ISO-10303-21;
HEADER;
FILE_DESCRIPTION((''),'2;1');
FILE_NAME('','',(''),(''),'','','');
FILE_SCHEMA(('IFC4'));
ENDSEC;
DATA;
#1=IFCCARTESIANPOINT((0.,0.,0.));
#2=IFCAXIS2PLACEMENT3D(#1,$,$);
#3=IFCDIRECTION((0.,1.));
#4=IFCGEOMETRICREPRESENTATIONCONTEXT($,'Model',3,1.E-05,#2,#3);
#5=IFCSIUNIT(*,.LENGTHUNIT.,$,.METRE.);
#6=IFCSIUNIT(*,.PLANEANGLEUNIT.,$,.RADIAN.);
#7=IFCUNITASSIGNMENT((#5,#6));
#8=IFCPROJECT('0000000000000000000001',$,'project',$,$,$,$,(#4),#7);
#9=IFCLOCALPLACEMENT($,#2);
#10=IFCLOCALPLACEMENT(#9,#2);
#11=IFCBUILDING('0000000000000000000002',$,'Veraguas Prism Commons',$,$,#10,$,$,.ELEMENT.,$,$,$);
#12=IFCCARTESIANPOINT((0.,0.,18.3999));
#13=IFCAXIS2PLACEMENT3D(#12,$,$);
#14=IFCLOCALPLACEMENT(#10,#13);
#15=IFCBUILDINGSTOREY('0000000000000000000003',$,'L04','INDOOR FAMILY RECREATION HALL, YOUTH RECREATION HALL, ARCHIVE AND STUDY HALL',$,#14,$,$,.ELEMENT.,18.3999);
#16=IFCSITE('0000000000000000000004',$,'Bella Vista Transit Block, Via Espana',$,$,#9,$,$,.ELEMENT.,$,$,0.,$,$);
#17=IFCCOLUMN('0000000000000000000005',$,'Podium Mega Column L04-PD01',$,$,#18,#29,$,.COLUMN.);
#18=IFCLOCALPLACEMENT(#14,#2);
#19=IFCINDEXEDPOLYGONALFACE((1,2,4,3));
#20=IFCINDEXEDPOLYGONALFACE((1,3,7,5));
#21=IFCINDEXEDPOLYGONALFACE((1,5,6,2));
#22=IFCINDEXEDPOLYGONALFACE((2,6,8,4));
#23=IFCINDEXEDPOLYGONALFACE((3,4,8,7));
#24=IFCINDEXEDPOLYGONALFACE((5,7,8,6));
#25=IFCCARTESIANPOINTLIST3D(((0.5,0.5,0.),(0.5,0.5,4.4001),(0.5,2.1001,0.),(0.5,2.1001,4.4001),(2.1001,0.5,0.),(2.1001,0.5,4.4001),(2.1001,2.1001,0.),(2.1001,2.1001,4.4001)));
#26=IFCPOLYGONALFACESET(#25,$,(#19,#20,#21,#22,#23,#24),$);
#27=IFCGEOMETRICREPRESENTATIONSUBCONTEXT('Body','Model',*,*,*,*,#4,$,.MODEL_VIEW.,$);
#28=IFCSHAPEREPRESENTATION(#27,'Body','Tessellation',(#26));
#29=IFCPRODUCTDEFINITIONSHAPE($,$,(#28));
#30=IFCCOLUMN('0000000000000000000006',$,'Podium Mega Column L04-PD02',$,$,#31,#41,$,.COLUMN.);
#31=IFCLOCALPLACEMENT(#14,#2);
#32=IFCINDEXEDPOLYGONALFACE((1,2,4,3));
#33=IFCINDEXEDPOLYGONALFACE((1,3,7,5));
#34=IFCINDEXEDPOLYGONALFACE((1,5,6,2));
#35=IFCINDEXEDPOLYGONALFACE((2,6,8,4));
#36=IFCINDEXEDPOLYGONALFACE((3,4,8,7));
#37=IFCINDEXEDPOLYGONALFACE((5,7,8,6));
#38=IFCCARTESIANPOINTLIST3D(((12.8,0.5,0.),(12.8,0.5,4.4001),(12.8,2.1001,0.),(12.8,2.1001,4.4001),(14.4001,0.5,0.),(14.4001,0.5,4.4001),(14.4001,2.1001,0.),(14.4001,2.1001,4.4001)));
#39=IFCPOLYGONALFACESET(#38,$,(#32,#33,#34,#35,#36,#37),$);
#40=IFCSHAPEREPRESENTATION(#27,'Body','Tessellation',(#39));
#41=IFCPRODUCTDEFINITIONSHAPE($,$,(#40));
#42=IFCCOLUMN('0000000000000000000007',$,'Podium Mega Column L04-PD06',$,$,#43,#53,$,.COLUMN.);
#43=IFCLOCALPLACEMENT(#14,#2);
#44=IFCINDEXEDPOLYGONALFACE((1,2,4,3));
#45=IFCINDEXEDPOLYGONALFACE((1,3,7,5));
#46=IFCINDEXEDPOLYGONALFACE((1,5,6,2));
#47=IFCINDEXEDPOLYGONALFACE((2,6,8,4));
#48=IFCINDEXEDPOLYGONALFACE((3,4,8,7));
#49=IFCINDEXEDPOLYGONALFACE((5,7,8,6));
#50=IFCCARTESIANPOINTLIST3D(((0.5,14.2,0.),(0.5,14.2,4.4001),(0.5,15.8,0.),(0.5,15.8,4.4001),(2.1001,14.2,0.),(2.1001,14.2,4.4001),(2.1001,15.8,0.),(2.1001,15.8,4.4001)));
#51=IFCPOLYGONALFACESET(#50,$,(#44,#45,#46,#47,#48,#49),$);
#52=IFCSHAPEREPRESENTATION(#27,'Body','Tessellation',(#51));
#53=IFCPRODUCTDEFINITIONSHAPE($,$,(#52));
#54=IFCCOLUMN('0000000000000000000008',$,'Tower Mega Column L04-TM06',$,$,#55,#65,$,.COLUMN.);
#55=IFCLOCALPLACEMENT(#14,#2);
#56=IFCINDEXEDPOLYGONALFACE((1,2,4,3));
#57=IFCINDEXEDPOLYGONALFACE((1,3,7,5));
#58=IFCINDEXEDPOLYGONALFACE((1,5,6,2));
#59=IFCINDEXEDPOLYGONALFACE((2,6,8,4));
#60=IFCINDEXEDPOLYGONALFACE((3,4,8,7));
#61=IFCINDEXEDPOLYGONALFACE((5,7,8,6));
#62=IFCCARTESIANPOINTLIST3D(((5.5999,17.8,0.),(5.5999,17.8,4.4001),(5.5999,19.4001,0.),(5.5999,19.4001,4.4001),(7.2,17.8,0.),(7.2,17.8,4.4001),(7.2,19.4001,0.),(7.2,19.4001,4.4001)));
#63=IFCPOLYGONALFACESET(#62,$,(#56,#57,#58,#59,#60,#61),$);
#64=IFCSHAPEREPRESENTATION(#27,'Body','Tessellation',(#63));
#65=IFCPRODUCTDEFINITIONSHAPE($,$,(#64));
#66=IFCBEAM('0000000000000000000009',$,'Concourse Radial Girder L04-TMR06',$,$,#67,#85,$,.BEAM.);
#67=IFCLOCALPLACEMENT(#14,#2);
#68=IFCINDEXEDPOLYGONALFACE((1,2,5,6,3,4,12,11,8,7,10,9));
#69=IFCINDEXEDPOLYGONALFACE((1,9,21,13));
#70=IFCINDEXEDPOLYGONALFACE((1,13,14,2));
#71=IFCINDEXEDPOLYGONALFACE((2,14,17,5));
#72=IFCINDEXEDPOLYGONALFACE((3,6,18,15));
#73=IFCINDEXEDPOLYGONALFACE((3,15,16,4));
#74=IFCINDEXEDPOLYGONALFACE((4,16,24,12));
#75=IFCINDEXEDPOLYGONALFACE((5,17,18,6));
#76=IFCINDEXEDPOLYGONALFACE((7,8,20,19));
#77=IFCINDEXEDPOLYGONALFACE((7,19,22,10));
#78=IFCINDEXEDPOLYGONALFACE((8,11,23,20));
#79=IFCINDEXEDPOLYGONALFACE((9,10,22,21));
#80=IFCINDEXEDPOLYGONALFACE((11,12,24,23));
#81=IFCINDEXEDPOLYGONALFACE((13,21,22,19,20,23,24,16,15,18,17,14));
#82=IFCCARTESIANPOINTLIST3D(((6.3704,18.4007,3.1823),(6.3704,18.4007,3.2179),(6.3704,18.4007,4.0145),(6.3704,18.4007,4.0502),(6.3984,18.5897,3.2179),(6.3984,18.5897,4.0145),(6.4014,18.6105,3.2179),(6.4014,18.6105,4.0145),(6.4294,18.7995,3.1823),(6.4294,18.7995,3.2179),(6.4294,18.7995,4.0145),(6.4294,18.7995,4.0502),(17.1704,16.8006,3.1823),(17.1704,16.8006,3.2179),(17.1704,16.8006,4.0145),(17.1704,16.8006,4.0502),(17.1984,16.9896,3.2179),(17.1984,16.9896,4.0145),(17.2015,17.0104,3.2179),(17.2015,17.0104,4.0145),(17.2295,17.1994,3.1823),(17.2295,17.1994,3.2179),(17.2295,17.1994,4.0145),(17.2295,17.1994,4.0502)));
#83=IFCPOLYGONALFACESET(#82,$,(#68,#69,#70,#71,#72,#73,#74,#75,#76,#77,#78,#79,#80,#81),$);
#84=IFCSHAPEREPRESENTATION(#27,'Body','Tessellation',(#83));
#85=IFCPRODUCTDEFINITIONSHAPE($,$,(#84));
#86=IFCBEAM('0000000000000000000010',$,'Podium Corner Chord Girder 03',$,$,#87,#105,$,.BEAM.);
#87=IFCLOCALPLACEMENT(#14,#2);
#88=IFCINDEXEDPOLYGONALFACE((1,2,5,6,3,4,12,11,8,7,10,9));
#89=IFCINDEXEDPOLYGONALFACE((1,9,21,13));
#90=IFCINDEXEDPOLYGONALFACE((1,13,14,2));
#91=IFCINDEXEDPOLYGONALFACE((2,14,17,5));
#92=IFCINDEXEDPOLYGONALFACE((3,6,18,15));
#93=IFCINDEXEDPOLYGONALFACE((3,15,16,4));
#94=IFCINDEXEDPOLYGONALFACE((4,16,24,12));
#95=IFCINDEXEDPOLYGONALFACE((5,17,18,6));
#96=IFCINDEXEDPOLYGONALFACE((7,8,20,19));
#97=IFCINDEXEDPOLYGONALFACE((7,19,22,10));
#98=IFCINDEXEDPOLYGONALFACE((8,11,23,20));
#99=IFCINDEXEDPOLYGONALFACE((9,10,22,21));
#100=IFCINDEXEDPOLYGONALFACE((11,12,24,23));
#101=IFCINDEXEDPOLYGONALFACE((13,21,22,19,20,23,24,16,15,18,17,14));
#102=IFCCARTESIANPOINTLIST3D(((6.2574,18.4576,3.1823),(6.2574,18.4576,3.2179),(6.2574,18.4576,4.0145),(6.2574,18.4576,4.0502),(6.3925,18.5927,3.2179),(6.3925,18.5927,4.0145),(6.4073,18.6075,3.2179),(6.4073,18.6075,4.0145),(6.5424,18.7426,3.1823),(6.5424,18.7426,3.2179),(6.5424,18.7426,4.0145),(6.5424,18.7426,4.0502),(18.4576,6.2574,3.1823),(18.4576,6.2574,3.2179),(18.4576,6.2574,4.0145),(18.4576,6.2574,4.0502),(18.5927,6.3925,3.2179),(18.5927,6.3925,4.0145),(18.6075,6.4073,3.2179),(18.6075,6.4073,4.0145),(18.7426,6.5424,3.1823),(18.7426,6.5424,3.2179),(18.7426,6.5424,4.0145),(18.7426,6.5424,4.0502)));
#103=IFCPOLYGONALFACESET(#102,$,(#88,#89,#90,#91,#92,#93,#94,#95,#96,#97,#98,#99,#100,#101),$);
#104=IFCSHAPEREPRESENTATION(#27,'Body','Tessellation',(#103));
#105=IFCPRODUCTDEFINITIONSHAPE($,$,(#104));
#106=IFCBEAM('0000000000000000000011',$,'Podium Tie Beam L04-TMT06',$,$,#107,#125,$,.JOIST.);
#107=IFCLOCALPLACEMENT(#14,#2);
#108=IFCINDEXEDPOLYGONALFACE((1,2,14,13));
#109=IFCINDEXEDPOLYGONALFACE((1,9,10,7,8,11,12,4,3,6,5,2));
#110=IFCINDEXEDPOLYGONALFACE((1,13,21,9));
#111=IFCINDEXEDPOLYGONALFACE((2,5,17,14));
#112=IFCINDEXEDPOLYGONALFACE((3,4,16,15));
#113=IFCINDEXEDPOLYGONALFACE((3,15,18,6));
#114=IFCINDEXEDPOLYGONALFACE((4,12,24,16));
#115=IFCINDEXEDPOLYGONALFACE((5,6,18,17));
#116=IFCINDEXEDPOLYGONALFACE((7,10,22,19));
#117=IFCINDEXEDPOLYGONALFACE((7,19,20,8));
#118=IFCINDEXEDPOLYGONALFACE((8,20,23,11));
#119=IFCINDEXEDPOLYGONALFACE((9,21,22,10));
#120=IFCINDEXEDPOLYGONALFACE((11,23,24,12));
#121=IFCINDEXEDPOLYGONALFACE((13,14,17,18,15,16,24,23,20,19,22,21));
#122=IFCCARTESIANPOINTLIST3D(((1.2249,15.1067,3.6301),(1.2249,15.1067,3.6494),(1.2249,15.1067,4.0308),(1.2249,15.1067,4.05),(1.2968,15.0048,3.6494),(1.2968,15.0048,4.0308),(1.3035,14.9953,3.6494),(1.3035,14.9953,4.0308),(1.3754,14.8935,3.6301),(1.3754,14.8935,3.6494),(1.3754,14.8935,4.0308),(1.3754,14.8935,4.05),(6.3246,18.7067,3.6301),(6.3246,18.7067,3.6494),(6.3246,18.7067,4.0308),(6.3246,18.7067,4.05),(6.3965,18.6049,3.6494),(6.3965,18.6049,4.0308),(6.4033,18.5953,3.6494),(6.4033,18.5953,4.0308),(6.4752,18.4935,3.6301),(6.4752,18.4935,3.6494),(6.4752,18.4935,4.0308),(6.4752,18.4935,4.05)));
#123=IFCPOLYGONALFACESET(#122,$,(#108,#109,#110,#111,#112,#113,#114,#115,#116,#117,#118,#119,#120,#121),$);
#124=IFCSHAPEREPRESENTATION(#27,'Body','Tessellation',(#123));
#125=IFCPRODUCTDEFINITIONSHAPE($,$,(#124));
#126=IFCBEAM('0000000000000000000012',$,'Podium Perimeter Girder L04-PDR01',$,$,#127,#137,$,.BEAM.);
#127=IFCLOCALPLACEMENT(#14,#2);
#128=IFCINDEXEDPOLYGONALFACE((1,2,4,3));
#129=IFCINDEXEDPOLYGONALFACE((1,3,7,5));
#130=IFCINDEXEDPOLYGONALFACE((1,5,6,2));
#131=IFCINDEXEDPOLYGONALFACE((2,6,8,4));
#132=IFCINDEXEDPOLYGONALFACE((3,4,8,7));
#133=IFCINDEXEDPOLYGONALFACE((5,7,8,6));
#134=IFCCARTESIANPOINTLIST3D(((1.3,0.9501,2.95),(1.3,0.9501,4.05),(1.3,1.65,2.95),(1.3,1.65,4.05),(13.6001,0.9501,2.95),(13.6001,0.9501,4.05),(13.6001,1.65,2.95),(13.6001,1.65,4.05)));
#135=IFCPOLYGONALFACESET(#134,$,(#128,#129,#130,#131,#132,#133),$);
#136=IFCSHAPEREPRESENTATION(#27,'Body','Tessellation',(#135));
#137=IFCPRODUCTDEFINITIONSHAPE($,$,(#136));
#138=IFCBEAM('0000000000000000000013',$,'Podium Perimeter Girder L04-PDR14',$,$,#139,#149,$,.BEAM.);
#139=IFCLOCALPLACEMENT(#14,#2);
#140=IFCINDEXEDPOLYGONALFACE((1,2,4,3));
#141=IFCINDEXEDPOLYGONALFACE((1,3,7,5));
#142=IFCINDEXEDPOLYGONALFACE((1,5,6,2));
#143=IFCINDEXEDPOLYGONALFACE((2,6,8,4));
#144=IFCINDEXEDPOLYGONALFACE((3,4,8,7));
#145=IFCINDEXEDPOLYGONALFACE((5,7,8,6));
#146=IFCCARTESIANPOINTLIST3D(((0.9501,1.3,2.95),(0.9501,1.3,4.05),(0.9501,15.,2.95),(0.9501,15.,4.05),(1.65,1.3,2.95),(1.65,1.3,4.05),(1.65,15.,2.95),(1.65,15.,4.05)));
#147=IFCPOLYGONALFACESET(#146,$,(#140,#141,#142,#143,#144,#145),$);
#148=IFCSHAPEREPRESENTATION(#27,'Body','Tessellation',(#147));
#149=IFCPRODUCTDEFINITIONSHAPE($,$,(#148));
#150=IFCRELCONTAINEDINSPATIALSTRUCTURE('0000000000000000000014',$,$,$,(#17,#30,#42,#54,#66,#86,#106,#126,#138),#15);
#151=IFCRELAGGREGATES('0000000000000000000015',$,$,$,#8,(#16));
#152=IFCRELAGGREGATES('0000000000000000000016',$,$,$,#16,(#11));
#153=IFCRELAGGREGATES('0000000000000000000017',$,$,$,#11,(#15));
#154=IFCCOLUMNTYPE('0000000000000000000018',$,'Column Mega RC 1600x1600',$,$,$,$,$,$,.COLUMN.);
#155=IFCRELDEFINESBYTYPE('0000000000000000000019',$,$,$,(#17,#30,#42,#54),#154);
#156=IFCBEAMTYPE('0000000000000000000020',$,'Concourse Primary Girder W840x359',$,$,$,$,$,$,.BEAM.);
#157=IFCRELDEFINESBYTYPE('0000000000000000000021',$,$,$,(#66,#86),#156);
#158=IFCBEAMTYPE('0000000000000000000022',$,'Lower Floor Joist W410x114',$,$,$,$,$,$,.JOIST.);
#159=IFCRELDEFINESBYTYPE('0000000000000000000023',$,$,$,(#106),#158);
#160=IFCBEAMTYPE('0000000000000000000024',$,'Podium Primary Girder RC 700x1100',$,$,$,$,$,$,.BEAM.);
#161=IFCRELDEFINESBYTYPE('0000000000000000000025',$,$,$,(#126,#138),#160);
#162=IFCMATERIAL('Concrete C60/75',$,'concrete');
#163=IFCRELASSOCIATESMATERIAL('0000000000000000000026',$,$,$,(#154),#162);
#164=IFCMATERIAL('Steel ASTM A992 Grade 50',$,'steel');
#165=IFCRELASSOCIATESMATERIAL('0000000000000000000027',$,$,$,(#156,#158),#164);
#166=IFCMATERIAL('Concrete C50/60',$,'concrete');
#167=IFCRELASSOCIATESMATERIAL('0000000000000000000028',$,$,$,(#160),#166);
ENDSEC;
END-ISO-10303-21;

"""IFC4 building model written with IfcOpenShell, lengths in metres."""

from ifc_helpers import new_model, si_unit, direction, frame, origin, origin_2d, place, context, subcontext, project, spatial, rectangle, i_section, extrude, material, material_profile, profile_set, type_object, element, save


model = new_model("IFC4")

# Units and contexts
model_context = context("Model", 3, precision=1e-05, world=origin(), true_north=direction((0.0, 1.0)))
body_context = subcontext(model_context, "Body", "Model", "MODEL_VIEW")
ifc_project = project(units=[si_unit("LENGTHUNIT", "METRE"), si_unit("PLANEANGLEUNIT", "RADIAN")], contexts=[model_context])

# Site, building, storey
site_placement = place(None, origin())
site = spatial("IfcSite", under=ifc_project, at=site_placement, Name="Bella Vista Transit Block, Via Espana", CompositionType="ELEMENT", RefElevation=0.0)
building_placement = place(site_placement, origin())
building = spatial("IfcBuilding", under=site, at=building_placement, Name="Veraguas Prism Commons", CompositionType="ELEMENT")
storey_placement = place(building_placement, frame((0.0, 0.0, 18.3999)))
storey = spatial("IfcBuildingStorey", under=building, at=storey_placement, Name="L04", Description="INDOOR FAMILY RECREATION HALL, YOUTH RECREATION HALL, ARCHIVE AND STUDY HALL", CompositionType="ELEMENT", Elevation=18.3999)

# Columns
ifc_material_1 = material(Name="Concrete C60/75", Category="concrete")
ifc_material_profile_1 = material_profile(ifc_material_1, rectangle(XDim=1.6001, YDim=1.6001, at=origin_2d()), Name="RC1600X1600")
ifc_profile_set_1 = profile_set([ifc_material_profile_1], Name="Concrete C60/75")
column_type = type_object("IfcColumnType", Name="Column Mega RC 1600x1600", PredefinedType="COLUMN", material=ifc_profile_set_1)
for number, where, z_axis, x_axis, name in (
    (1, (1.3, 1.3, 0.0), (0.0, 0.0, 1.0), (1.0, 0.0, 0.0), "Podium Mega Column L04-PD01"),
    (2, (13.6001, 1.3, 0.0), (0.0, 0.0, 1.0), (1.0, 0.0, 0.0), "Podium Mega Column L04-PD02"),
    (3, (1.3, 15.0, 0.0), (0.0, 0.0, 1.0), (1.0, 0.0, 0.0), "Podium Mega Column L04-PD06"),
    (4, (6.3999, 18.6001, 0.0), (0.0, 0.0, 1.0), (1.0, 0.0, 0.0), "Tower Mega Column L04-TM06"),
):
    element("IfcColumn", number, at=place(storey_placement, frame(where, z_axis=z_axis, x_axis=x_axis)), inside=storey, type_object=column_type, Name=name, PredefinedType="COLUMN", context=body_context, shape_type="SweptSolid", body=[
        extrude(rectangle(XDim=1.6001, YDim=1.6001, at=origin_2d()), origin(), (0.0, 0.0, 1.0), 4.4001),
    ])

# Beams
ifc_material_2 = material(Name="Steel ASTM A992 Grade 50", Category="steel")
ifc_material_profile_2 = material_profile(ifc_material_2, i_section(OverallWidth=0.4031, OverallDepth=0.8679, WebThickness=0.021, FlangeThickness=0.0356, at=origin_2d()), Name="W840X359")
ifc_profile_set_2 = profile_set([ifc_material_profile_2], Name="Steel ASTM A992 Grade 50")
beam_type_1 = type_object("IfcBeamType", Name="Concourse Primary Girder W840x359", PredefinedType="BEAM", material=ifc_profile_set_2)
beam_1_placement = place(storey_placement, frame((6.3999, 18.6001, 3.6162), z_axis=(0.989202, -0.146557, 0.0), x_axis=(0.146557, 0.989202, 0.0)))
element("IfcBeam", 5, at=beam_1_placement, inside=storey, type_object=beam_type_1, Name="Concourse Radial Girder L04-TMR06", PredefinedType="BEAM", context=body_context, shape_type="SweptSolid", body=[
    extrude(i_section(OverallWidth=0.4031, OverallDepth=0.8679, WebThickness=0.021, FlangeThickness=0.0356, at=origin_2d()), origin(), (0.0, 0.0, 1.0), 10.918),
])
beam_2_placement = place(storey_placement, frame((6.3999, 18.6001, 3.6162), z_axis=(0.707107, -0.707107, 0.0), x_axis=(0.707107, 0.707107, 0.0)))
element("IfcBeam", 6, at=beam_2_placement, inside=storey, type_object=beam_type_1, Name="Podium Corner Chord Girder 03", PredefinedType="BEAM", context=body_context, shape_type="SweptSolid", body=[
    extrude(i_section(OverallWidth=0.4031, OverallDepth=0.8679, WebThickness=0.021, FlangeThickness=0.0356, at=origin_2d()), origin(), (0.0, 0.0, 1.0), 17.2537),
])
ifc_material_profile_3 = material_profile(ifc_material_2, i_section(OverallWidth=0.261, OverallDepth=0.4199, WebThickness=0.0117, FlangeThickness=0.0193, at=origin_2d()), Name="W410X114")
ifc_profile_set_3 = profile_set([ifc_material_profile_3], Name="Steel ASTM A992 Grade 50")
beam_type_2 = type_object("IfcBeamType", Name="Lower Floor Joist W410x114", PredefinedType="JOIST", material=ifc_profile_set_3)
beam_3_placement = place(storey_placement, frame((6.3999, 18.6001, 3.8401), z_axis=(-0.816953, -0.576705, 0.0), x_axis=(0.576705, -0.816953, 0.0)))
element("IfcBeam", 7, at=beam_3_placement, inside=storey, type_object=beam_type_2, Name="Podium Tie Beam L04-TMT06", PredefinedType="JOIST", context=body_context, shape_type="SweptSolid", body=[
    extrude(i_section(OverallWidth=0.261, OverallDepth=0.4199, WebThickness=0.0117, FlangeThickness=0.0193, at=origin_2d()), origin(), (0.0, 0.0, 1.0), 6.2424),
])
ifc_material_3 = material(Name="Concrete C50/60", Category="concrete")
ifc_material_profile_4 = material_profile(ifc_material_3, rectangle(XDim=0.7, YDim=1.1001, at=origin_2d()), Name="RC700X1100")
ifc_profile_set_4 = profile_set([ifc_material_profile_4], Name="Concrete C50/60")
beam_type_3 = type_object("IfcBeamType", Name="Podium Primary Girder RC 700x1100", PredefinedType="BEAM", material=ifc_profile_set_4)
beam_4_placement = place(storey_placement, frame((1.3, 1.3, 3.5), z_axis=(1.0, 0.0, 0.0), x_axis=(0.0, 1.0, 0.0)))
element("IfcBeam", 8, at=beam_4_placement, inside=storey, type_object=beam_type_3, Name="Podium Perimeter Girder L04-PDR01", PredefinedType="BEAM", context=body_context, shape_type="SweptSolid", body=[
    extrude(rectangle(XDim=0.7, YDim=1.1001, at=origin_2d()), origin(), (0.0, 0.0, 1.0), 12.3),
])
beam_5_placement = place(storey_placement, frame((1.3, 15.0, 3.5), z_axis=(0.0, -1.0, 0.0), x_axis=(1.0, 0.0, 0.0)))
element("IfcBeam", 9, at=beam_5_placement, inside=storey, type_object=beam_type_3, Name="Podium Perimeter Girder L04-PDR14", PredefinedType="BEAM", context=body_context, shape_type="SweptSolid", body=[
    extrude(rectangle(XDim=0.7, YDim=1.1001, at=origin_2d()), origin(), (0.0, 0.0, 1.0), 13.7),
])

save(model, "model.ifc")
